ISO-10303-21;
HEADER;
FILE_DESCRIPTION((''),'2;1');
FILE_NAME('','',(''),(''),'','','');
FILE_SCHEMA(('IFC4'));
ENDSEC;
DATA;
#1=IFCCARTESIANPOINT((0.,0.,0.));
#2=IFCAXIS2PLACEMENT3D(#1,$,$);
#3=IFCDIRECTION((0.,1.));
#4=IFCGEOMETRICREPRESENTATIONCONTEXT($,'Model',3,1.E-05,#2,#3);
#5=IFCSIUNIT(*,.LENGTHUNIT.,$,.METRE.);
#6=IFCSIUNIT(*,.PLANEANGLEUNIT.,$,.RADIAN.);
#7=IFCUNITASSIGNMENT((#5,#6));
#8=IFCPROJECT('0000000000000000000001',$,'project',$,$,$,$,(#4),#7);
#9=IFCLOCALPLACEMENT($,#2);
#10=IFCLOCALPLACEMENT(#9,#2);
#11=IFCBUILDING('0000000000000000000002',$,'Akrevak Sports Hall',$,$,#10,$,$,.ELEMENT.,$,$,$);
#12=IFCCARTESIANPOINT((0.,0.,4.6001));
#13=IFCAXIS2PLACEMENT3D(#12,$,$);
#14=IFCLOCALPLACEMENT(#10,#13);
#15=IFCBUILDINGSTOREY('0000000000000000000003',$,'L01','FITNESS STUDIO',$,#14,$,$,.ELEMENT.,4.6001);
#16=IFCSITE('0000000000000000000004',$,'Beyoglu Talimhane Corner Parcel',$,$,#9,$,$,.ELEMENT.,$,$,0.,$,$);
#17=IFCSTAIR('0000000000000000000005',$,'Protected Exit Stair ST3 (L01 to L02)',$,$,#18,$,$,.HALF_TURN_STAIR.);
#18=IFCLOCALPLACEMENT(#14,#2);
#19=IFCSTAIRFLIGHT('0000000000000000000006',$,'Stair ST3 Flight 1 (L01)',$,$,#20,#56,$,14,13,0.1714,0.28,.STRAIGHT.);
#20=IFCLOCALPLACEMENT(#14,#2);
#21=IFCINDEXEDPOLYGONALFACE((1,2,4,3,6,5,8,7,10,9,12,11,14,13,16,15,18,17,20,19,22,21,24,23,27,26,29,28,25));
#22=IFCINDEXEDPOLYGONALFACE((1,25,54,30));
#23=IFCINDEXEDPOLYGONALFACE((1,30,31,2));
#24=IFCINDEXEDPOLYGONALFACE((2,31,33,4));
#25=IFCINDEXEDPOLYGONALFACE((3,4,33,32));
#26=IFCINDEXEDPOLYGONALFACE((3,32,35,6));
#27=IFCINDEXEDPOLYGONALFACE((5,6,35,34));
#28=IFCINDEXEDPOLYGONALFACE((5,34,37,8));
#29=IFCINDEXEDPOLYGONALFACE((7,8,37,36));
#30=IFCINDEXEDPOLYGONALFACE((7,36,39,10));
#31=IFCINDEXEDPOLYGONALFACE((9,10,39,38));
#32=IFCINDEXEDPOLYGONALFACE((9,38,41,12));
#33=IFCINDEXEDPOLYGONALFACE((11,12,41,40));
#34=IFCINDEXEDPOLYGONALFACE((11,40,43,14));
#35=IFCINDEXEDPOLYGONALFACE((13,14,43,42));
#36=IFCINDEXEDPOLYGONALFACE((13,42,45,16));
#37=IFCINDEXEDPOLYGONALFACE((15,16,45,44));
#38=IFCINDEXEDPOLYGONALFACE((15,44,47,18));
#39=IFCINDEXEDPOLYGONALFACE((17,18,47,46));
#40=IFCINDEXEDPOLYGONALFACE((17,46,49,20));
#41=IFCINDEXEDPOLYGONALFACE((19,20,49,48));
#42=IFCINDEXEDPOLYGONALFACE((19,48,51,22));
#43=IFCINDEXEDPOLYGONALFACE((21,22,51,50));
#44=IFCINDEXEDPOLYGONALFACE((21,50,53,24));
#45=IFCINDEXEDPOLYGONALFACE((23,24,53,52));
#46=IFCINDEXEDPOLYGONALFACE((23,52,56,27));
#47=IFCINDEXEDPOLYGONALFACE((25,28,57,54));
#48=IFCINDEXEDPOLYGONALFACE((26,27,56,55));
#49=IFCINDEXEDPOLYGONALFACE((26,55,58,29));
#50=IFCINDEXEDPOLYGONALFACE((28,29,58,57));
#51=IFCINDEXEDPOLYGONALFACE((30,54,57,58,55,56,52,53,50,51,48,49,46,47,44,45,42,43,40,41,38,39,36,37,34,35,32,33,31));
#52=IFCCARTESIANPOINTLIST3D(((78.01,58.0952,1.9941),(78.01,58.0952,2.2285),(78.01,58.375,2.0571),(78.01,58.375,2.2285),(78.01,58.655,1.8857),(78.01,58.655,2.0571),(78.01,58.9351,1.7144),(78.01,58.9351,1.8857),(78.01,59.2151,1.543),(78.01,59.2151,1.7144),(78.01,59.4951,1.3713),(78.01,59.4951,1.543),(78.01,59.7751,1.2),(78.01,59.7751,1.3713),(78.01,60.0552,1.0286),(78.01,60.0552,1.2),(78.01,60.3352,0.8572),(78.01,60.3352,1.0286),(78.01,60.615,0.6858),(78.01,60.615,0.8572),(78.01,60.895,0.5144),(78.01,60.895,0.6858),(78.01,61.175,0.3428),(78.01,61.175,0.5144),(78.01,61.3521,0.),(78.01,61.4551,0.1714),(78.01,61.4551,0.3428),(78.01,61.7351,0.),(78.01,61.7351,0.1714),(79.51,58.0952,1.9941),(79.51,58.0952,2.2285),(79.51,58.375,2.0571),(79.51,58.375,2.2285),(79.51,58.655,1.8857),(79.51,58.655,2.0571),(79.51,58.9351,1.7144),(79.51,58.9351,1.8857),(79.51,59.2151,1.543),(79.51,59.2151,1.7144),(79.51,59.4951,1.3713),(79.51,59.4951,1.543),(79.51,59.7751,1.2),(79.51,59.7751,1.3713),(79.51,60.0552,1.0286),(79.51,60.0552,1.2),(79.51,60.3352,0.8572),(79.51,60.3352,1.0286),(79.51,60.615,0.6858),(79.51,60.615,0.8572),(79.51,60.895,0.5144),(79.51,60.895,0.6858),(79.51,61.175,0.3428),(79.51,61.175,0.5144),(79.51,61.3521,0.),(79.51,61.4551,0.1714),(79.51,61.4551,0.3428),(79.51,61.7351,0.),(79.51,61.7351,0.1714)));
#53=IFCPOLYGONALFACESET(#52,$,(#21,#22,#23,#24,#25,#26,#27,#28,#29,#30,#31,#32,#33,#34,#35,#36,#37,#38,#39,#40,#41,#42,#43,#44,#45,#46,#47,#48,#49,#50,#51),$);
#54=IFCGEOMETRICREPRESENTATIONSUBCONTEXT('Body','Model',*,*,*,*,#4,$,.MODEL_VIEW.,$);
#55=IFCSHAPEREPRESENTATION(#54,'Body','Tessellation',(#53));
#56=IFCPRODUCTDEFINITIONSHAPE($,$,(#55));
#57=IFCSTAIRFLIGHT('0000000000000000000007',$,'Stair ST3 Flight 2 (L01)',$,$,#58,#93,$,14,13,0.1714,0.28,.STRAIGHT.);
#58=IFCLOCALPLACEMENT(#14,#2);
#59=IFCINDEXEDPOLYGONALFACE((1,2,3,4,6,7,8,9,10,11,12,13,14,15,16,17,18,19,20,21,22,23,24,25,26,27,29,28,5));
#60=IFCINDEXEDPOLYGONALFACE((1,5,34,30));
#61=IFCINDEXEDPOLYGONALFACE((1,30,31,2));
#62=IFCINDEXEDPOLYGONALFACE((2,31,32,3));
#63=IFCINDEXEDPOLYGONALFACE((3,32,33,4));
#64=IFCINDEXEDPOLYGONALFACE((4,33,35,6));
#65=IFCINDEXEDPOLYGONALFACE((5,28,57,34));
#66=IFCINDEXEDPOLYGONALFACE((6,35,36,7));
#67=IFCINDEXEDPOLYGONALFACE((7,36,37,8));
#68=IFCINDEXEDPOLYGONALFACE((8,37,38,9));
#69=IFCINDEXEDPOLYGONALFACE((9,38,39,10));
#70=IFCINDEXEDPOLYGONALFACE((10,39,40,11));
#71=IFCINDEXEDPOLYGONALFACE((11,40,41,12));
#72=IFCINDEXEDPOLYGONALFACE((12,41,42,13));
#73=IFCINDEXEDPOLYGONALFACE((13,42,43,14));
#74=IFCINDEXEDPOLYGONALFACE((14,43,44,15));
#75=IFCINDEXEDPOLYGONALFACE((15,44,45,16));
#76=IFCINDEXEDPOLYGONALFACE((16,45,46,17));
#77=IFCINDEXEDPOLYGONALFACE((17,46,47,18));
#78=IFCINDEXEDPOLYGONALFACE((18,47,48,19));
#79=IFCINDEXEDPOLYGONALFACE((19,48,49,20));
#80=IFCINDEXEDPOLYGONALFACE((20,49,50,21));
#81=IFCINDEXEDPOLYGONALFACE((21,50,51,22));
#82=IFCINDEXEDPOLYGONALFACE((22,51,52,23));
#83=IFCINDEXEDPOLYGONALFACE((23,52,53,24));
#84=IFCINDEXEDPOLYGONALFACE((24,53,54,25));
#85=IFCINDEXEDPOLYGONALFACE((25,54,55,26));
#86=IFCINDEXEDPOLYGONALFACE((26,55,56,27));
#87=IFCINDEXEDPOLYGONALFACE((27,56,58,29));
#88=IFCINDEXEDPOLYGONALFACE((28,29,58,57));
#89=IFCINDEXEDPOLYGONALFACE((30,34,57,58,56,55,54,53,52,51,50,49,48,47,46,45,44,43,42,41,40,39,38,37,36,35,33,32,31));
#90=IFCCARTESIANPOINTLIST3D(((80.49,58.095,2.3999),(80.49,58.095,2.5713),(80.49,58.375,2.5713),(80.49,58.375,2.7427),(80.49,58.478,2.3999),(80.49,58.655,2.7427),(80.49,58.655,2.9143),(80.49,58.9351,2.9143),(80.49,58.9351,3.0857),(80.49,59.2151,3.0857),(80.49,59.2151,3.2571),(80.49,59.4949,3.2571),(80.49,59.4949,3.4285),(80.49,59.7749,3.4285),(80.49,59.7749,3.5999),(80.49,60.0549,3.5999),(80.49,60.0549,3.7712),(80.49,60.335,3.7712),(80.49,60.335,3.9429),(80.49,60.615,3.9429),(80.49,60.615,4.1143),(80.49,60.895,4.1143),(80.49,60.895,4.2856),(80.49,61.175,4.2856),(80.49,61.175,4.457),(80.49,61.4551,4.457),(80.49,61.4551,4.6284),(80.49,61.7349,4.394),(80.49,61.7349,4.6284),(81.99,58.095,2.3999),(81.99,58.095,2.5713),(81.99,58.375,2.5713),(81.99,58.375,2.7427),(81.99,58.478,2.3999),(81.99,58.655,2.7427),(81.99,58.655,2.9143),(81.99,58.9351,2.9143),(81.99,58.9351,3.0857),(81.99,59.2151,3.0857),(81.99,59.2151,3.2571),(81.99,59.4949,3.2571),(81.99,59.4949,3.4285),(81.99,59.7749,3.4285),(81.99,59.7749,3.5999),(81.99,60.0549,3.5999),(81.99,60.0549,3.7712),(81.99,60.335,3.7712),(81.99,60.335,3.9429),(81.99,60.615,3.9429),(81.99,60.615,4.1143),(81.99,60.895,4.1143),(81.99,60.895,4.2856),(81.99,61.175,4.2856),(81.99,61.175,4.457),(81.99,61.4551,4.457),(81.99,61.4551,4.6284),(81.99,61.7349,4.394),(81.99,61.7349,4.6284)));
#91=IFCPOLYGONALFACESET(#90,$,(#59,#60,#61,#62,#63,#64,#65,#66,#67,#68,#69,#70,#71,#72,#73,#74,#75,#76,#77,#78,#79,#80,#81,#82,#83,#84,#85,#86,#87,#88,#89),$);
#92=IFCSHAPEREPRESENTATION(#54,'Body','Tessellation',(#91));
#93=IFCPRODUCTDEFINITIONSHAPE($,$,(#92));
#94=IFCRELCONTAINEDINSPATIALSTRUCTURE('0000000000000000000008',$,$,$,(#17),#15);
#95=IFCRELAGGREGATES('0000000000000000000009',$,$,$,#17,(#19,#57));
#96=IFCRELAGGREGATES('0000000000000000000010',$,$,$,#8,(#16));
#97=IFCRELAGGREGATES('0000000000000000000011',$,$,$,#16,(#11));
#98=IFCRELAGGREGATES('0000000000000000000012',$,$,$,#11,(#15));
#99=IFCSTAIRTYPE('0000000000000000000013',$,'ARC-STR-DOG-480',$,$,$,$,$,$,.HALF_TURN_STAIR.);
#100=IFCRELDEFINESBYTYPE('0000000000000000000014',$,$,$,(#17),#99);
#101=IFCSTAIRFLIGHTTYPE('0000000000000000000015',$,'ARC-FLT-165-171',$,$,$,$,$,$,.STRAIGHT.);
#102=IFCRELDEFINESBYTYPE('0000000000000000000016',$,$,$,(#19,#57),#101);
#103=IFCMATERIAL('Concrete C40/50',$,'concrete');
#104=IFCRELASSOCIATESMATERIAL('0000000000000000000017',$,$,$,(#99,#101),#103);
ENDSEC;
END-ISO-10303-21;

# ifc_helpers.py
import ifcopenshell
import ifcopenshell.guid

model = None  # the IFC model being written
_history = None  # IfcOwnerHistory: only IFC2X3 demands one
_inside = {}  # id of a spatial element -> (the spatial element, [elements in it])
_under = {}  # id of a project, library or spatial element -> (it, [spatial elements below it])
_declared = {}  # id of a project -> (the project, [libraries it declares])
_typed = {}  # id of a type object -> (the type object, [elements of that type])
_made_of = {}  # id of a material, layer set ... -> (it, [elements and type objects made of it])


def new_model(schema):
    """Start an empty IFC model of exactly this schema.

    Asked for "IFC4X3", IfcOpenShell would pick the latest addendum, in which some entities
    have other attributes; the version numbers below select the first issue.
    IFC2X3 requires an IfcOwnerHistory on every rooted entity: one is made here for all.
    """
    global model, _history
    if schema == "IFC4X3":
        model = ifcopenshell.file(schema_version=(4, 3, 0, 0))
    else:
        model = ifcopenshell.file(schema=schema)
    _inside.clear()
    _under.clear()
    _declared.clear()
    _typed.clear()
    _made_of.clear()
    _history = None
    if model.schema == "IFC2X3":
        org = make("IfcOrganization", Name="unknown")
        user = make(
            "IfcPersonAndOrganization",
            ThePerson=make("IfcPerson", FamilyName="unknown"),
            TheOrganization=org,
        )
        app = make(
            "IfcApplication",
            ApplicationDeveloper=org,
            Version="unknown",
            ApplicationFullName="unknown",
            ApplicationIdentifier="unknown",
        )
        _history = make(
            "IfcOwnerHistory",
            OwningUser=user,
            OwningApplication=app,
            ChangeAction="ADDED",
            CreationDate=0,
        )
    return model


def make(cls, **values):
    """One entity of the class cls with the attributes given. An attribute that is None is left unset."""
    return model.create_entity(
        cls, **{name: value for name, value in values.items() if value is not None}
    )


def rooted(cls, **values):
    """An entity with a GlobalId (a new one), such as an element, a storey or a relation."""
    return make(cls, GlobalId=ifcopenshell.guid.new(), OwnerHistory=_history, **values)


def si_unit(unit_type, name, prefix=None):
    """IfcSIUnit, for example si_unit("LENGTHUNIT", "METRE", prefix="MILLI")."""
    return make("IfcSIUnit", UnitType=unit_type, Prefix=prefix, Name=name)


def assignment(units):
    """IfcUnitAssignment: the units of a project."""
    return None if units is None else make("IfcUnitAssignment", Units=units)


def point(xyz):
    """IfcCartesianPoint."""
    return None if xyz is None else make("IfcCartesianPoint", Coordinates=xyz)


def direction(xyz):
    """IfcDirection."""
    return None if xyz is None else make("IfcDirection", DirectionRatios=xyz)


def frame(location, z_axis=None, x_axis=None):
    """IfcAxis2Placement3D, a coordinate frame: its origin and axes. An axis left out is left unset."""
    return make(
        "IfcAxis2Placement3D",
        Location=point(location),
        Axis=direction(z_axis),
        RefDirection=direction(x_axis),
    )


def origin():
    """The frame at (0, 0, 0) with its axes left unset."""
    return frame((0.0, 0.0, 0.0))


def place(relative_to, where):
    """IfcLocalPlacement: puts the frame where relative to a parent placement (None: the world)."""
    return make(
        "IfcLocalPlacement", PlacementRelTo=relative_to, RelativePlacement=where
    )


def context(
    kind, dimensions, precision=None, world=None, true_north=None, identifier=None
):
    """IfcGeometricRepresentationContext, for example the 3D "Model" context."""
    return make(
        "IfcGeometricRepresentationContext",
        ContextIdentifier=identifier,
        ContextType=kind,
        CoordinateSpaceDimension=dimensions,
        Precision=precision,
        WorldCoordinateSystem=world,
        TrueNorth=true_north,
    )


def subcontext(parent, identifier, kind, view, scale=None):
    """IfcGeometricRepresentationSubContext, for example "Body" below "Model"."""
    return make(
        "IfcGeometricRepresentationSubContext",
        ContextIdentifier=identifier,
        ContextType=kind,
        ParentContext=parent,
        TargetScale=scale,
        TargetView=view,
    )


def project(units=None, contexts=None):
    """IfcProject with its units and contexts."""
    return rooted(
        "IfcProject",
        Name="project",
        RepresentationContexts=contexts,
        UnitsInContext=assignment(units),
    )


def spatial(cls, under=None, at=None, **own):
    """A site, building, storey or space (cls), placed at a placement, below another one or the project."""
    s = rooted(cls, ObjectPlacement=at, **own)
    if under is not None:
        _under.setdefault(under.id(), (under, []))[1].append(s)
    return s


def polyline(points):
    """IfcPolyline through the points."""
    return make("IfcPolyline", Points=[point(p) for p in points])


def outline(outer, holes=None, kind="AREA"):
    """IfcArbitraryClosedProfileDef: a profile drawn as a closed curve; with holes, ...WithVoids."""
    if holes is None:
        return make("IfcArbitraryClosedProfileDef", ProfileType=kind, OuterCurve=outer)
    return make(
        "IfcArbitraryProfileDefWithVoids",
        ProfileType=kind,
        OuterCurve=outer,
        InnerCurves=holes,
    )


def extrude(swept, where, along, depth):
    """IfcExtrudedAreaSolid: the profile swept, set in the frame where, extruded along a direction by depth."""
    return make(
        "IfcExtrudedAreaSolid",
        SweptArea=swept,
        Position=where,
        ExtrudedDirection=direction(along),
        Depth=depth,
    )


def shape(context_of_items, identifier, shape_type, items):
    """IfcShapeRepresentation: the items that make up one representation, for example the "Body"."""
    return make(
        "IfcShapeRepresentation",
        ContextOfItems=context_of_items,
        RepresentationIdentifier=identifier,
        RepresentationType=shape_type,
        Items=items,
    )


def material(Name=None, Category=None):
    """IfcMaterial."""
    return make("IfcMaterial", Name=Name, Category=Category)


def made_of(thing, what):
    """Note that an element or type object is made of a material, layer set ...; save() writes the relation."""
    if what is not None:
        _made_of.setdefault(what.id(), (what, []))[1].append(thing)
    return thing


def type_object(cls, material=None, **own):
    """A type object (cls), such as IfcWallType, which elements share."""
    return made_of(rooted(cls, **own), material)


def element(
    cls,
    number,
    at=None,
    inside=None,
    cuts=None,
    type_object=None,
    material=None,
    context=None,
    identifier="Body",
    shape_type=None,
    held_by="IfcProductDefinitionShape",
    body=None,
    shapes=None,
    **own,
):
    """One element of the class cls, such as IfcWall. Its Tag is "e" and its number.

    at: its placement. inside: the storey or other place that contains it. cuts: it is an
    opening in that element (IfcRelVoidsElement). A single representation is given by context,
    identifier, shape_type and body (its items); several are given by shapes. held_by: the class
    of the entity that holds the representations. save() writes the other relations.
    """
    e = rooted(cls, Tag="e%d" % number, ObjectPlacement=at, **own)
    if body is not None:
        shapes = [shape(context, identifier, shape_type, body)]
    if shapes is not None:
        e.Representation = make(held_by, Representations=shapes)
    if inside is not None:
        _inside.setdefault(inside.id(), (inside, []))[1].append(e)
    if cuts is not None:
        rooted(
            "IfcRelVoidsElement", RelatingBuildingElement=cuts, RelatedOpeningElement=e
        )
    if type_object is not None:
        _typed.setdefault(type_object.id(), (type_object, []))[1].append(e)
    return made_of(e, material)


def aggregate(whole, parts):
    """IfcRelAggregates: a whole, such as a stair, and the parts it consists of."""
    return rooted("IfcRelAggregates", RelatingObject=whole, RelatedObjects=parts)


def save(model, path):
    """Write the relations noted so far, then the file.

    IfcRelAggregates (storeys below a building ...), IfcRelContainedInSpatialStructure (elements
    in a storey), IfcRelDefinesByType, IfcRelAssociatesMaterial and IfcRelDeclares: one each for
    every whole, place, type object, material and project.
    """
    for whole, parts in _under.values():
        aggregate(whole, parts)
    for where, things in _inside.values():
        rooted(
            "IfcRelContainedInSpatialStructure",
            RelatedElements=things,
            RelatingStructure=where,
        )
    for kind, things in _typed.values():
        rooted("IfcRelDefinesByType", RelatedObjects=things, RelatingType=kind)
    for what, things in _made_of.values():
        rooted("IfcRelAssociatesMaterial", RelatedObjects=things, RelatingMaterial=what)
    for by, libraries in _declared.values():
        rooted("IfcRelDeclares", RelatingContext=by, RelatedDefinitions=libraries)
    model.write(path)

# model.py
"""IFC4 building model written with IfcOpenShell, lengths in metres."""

from ifc_helpers import new_model, si_unit, direction, frame, origin, place, context, subcontext, project, spatial, polyline, outline, extrude, material, type_object, element, aggregate, save


model = new_model("IFC4")

# Units and contexts
model_context = context("Model", 3, precision=1e-05, world=origin(), true_north=direction((0.0, 1.0)))
body_context = subcontext(model_context, "Body", "Model", "MODEL_VIEW")
ifc_project = project(units=[si_unit("LENGTHUNIT", "METRE"), si_unit("PLANEANGLEUNIT", "RADIAN")], contexts=[model_context])

# Site, building, storey
site_placement = place(None, origin())
site = spatial("IfcSite", under=ifc_project, at=site_placement, Name="Beyoglu Talimhane Corner Parcel", CompositionType="ELEMENT", RefElevation=0.0)
building_placement = place(site_placement, origin())
building = spatial("IfcBuilding", under=site, at=building_placement, Name="Akrevak Sports Hall", CompositionType="ELEMENT")
storey_placement = place(building_placement, frame((0.0, 0.0, 4.6001)))
storey = spatial("IfcBuildingStorey", under=building, at=storey_placement, Name="L01", Description="FITNESS STUDIO", CompositionType="ELEMENT", Elevation=4.6001)

# Shared definitions
ifc_material_1 = material(Name="Concrete C40/50", Category="concrete")

# Stair, stair flights
stair_type = type_object("IfcStairType", Name="ARC-STR-DOG-480", PredefinedType="HALF_TURN_STAIR", material=ifc_material_1)
stair_placement = place(storey_placement, origin())
stair = element("IfcStair", 1, at=stair_placement, inside=storey, type_object=stair_type, Name="Protected Exit Stair ST3 (L01 to L02)", PredefinedType="HALF_TURN_STAIR")
stair_flight_type = type_object("IfcStairFlightType", Name="ARC-FLT-165-171", PredefinedType="STRAIGHT", material=ifc_material_1)
stair_flight_1_placement = place(storey_placement, frame((78.76, 61.7351, 0.0), z_axis=(0.0, 0.0, 1.0), x_axis=(0.0, -1.0, 0.0)))
stair_flight_1 = element("IfcStairFlight", 2, at=stair_flight_1_placement, type_object=stair_flight_type, Name="Stair ST3 Flight 1 (L01)", NumberOfRisers=14, NumberOfTreads=13, PredefinedType="STRAIGHT", RiserHeight=0.1714, TreadLength=0.28, context=body_context, shape_type="SweptSolid", body=[
    extrude(outline(polyline([(0.0, 0.0), (0.0, 0.1714), (0.28, 0.1714), (0.28, 0.3428), (0.5601, 0.3428), (0.5601, 0.5144), (0.8401, 0.5144), (0.8401, 0.6858), (1.1201, 0.6858), (1.1201, 0.8572), (1.3999, 0.8572), (1.3999, 1.0286), (1.6799, 1.0286), (1.6799, 1.2), (1.96, 1.2), (1.96, 1.3713), (2.24, 1.3713), (2.24, 1.543), (2.52, 1.543), (2.52, 1.7144), (2.8, 1.7144), (2.8, 1.8857), (3.0801, 1.8857), (3.0801, 2.0571), (3.3601, 2.0571), (3.3601, 2.2285), (3.6399, 2.2285), (3.6399, 2.3999), (3.6399, 1.9941), (0.3831, 0.0), (0.0, 0.0)])), frame((0.0, 0.75, 0.0), z_axis=(0.0, -1.0, 0.0), x_axis=(1.0, 0.0, 0.0)), (0.0, 0.0, 1.0), 1.5),
])
stair_flight_2_placement = place(storey_placement, frame((81.24, 58.095, 2.3999), z_axis=(0.0, 0.0, 1.0), x_axis=(0.0, 1.0, 0.0)))
stair_flight_2 = element("IfcStairFlight", 3, at=stair_flight_2_placement, type_object=stair_flight_type, Name="Stair ST3 Flight 2 (L01)", NumberOfRisers=14, NumberOfTreads=13, PredefinedType="STRAIGHT", RiserHeight=0.1714, TreadLength=0.28, context=body_context, shape_type="SweptSolid", body=[
    extrude(outline(polyline([(0.0, 0.0), (0.0, 0.1714), (0.28, 0.1714), (0.28, 0.3428), (0.5601, 0.3428), (0.5601, 0.5144), (0.8401, 0.5144), (0.8401, 0.6858), (1.1201, 0.6858), (1.1201, 0.8572), (1.3999, 0.8572), (1.3999, 1.0286), (1.6799, 1.0286), (1.6799, 1.2), (1.96, 1.2), (1.96, 1.3713), (2.24, 1.3713), (2.24, 1.543), (2.52, 1.543), (2.52, 1.7144), (2.8, 1.7144), (2.8, 1.8857), (3.0801, 1.8857), (3.0801, 2.0571), (3.3601, 2.0571), (3.3601, 2.2285), (3.6399, 2.2285), (3.6399, 2.3999), (3.6399, 1.9941), (0.3831, 0.0), (0.0, 0.0)])), frame((0.0, 0.75, 0.0), z_axis=(0.0, -1.0, 0.0), x_axis=(1.0, 0.0, 0.0)), (0.0, 0.0, 1.0), 1.5),
])
aggregate(stair, [stair_flight_1, stair_flight_2])

save(model, "model.ifc")
